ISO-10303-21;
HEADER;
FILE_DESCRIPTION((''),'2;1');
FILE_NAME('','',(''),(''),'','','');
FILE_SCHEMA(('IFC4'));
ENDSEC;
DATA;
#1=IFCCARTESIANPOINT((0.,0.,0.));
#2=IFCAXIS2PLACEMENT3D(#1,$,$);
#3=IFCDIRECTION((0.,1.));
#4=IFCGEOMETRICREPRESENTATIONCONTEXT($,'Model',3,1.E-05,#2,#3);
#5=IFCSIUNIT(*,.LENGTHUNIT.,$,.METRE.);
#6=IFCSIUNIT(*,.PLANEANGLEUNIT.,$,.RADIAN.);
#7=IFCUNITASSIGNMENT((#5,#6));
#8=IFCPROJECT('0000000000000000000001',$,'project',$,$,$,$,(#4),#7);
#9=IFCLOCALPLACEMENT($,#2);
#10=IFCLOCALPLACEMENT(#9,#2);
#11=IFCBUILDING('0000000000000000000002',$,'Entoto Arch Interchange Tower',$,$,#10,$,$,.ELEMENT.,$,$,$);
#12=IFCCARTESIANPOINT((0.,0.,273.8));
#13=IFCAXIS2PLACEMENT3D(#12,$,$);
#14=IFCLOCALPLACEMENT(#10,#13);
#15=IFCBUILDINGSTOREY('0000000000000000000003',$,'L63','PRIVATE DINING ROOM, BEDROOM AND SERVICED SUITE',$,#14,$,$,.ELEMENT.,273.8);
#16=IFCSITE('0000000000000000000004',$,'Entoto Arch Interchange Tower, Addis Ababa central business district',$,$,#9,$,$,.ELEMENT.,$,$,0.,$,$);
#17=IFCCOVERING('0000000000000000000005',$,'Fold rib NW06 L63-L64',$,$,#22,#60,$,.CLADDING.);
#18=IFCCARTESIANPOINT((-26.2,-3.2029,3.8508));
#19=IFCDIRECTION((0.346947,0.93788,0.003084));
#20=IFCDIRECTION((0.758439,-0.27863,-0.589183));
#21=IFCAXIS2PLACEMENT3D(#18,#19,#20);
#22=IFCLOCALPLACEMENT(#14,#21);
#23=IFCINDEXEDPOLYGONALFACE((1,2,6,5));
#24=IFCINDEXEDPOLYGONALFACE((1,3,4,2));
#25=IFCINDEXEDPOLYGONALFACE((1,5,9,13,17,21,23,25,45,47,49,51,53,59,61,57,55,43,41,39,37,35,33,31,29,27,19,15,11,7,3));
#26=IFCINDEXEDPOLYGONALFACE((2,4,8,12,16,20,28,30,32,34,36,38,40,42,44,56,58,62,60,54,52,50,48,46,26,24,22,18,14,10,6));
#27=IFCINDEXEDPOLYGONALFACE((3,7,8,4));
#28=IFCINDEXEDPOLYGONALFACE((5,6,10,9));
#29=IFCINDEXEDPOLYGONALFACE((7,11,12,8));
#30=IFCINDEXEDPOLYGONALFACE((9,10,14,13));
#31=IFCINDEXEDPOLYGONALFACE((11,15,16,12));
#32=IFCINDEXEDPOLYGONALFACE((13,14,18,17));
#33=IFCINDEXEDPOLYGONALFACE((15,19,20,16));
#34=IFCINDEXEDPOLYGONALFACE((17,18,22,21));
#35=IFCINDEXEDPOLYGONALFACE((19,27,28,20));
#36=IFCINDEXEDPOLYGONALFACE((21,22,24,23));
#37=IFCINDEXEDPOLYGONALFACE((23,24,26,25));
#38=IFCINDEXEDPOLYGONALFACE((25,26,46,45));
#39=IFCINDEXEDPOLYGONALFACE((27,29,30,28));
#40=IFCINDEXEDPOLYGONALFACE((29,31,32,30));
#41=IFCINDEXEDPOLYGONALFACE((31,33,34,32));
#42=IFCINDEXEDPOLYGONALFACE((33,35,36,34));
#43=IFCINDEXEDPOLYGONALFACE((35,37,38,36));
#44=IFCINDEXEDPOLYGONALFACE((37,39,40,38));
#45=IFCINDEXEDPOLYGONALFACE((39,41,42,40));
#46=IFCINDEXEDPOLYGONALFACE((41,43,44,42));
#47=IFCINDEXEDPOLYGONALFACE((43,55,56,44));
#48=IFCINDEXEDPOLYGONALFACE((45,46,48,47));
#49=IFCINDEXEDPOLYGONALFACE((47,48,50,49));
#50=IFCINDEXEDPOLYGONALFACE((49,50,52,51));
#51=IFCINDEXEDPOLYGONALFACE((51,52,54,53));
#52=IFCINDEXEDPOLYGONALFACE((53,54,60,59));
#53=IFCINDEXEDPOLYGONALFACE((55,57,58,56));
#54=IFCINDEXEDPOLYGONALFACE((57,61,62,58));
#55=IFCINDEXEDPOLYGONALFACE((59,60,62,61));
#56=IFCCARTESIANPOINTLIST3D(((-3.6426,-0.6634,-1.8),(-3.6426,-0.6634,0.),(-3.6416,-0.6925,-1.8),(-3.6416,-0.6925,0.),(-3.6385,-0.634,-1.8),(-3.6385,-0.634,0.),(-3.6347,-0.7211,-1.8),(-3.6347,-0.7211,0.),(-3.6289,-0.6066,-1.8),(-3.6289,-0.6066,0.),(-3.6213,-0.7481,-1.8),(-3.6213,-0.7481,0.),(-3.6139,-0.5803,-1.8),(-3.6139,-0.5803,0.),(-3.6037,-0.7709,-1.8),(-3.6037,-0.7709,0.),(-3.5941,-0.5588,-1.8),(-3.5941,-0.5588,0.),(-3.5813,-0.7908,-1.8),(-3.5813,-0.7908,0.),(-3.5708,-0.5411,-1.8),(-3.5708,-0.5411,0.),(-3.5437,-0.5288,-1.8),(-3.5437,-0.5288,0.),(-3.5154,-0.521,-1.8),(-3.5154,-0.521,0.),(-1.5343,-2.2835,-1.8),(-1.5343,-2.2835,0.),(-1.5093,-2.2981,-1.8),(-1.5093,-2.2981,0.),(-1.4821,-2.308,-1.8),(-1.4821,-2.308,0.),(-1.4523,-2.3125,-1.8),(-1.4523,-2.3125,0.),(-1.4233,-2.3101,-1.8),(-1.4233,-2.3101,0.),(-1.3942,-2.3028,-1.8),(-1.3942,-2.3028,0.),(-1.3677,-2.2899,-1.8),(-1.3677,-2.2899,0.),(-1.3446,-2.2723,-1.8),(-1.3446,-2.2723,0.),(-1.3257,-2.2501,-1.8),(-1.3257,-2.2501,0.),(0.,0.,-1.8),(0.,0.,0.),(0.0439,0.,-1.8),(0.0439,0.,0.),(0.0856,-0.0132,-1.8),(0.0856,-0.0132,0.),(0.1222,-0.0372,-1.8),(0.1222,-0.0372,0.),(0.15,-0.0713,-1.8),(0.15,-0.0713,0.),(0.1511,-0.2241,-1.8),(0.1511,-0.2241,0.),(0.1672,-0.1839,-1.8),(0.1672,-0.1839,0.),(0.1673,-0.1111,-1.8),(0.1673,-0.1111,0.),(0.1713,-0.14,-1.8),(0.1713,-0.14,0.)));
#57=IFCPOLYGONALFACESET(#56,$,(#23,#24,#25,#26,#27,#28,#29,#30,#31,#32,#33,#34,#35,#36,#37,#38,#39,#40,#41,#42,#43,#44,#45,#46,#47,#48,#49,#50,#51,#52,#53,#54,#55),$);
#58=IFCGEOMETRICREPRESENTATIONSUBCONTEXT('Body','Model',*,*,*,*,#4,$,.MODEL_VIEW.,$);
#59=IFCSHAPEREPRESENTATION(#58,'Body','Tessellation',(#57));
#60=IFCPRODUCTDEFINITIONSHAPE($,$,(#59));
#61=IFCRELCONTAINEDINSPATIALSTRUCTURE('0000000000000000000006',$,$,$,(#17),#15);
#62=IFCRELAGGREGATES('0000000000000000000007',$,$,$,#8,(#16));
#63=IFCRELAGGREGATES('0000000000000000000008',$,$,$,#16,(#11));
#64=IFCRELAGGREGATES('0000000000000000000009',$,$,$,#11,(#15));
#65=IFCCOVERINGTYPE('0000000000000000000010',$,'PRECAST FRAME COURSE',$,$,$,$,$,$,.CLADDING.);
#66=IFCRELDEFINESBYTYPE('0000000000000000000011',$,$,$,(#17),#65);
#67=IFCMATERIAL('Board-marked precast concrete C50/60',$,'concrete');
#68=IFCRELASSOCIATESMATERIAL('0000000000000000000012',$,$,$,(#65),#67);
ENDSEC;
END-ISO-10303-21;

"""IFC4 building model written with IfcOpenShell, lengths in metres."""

from ifc_helpers import new_model, si_unit, direction, frame, origin, place, context, subcontext, project, spatial, polyline, outline, extrude, material, type_object, element, save


model = new_model("IFC4")

# Units and contexts
model_context = context("Model", 3, precision=1e-05, world=origin(), true_north=direction((0.0, 1.0)))
body_context = subcontext(model_context, "Body", "Model", "MODEL_VIEW")
ifc_project = project(units=[si_unit("LENGTHUNIT", "METRE"), si_unit("PLANEANGLEUNIT", "RADIAN")], contexts=[model_context])

# Site, building, storey
site_placement = place(None, origin())
site = spatial("IfcSite", under=ifc_project, at=site_placement, Name="Entoto Arch Interchange Tower, Addis Ababa central business district", CompositionType="ELEMENT", RefElevation=0.0)
building_placement = place(site_placement, origin())
building = spatial("IfcBuilding", under=site, at=building_placement, Name="Entoto Arch Interchange Tower", CompositionType="ELEMENT")
storey_placement = place(building_placement, frame((0.0, 0.0, 273.8)))
storey = spatial("IfcBuildingStorey", under=building, at=storey_placement, Name="L63", Description="PRIVATE DINING ROOM, BEDROOM AND SERVICED SUITE", CompositionType="ELEMENT", Elevation=273.8)

# Covering
ifc_material_1 = material(Name="Board-marked precast concrete C50/60", Category="concrete")
covering_type = type_object("IfcCoveringType", Name="PRECAST FRAME COURSE", PredefinedType="CLADDING", material=ifc_material_1)
covering_1_placement = place(storey_placement, frame((-26.2, -3.2029, 3.8508), z_axis=(0.346947, 0.93788, 0.003084), x_axis=(0.758439, -0.27863, -0.589183)))
element("IfcCovering", 1, at=covering_1_placement, inside=storey, type_object=covering_type, Name="Fold rib NW06 L63-L64", PredefinedType="CLADDING", context=body_context, shape_type="SweptSolid", body=[
    extrude(outline(polyline([(0.0, 0.0), (0.0439, 0.0), (0.0856, -0.0132), (0.1222, -0.0372), (0.15, -0.0713), (0.1673, -0.1111), (0.1713, -0.14), (0.1672, -0.1839), (0.1511, -0.2241), (-1.3257, -2.2501), (-1.3446, -2.2723), (-1.3677, -2.2899), (-1.3942, -2.3028), (-1.4233, -2.3101), (-1.4523, -2.3125), (-1.4821, -2.308), (-1.5093, -2.2981), (-1.5343, -2.2835), (-3.5813, -0.7908), (-3.6037, -0.7709), (-3.6213, -0.7481), (-3.6347, -0.7211), (-3.6416, -0.6925), (-3.6426, -0.6634), (-3.6385, -0.634), (-3.6289, -0.6066), (-3.6139, -0.5803), (-3.5941, -0.5588), (-3.5708, -0.5411), (-3.5437, -0.5288), (-3.5154, -0.521), (0.0, 0.0)])), origin(), (0.0, 0.0, -1.0), 1.8),
])

save(model, "model.ifc")
